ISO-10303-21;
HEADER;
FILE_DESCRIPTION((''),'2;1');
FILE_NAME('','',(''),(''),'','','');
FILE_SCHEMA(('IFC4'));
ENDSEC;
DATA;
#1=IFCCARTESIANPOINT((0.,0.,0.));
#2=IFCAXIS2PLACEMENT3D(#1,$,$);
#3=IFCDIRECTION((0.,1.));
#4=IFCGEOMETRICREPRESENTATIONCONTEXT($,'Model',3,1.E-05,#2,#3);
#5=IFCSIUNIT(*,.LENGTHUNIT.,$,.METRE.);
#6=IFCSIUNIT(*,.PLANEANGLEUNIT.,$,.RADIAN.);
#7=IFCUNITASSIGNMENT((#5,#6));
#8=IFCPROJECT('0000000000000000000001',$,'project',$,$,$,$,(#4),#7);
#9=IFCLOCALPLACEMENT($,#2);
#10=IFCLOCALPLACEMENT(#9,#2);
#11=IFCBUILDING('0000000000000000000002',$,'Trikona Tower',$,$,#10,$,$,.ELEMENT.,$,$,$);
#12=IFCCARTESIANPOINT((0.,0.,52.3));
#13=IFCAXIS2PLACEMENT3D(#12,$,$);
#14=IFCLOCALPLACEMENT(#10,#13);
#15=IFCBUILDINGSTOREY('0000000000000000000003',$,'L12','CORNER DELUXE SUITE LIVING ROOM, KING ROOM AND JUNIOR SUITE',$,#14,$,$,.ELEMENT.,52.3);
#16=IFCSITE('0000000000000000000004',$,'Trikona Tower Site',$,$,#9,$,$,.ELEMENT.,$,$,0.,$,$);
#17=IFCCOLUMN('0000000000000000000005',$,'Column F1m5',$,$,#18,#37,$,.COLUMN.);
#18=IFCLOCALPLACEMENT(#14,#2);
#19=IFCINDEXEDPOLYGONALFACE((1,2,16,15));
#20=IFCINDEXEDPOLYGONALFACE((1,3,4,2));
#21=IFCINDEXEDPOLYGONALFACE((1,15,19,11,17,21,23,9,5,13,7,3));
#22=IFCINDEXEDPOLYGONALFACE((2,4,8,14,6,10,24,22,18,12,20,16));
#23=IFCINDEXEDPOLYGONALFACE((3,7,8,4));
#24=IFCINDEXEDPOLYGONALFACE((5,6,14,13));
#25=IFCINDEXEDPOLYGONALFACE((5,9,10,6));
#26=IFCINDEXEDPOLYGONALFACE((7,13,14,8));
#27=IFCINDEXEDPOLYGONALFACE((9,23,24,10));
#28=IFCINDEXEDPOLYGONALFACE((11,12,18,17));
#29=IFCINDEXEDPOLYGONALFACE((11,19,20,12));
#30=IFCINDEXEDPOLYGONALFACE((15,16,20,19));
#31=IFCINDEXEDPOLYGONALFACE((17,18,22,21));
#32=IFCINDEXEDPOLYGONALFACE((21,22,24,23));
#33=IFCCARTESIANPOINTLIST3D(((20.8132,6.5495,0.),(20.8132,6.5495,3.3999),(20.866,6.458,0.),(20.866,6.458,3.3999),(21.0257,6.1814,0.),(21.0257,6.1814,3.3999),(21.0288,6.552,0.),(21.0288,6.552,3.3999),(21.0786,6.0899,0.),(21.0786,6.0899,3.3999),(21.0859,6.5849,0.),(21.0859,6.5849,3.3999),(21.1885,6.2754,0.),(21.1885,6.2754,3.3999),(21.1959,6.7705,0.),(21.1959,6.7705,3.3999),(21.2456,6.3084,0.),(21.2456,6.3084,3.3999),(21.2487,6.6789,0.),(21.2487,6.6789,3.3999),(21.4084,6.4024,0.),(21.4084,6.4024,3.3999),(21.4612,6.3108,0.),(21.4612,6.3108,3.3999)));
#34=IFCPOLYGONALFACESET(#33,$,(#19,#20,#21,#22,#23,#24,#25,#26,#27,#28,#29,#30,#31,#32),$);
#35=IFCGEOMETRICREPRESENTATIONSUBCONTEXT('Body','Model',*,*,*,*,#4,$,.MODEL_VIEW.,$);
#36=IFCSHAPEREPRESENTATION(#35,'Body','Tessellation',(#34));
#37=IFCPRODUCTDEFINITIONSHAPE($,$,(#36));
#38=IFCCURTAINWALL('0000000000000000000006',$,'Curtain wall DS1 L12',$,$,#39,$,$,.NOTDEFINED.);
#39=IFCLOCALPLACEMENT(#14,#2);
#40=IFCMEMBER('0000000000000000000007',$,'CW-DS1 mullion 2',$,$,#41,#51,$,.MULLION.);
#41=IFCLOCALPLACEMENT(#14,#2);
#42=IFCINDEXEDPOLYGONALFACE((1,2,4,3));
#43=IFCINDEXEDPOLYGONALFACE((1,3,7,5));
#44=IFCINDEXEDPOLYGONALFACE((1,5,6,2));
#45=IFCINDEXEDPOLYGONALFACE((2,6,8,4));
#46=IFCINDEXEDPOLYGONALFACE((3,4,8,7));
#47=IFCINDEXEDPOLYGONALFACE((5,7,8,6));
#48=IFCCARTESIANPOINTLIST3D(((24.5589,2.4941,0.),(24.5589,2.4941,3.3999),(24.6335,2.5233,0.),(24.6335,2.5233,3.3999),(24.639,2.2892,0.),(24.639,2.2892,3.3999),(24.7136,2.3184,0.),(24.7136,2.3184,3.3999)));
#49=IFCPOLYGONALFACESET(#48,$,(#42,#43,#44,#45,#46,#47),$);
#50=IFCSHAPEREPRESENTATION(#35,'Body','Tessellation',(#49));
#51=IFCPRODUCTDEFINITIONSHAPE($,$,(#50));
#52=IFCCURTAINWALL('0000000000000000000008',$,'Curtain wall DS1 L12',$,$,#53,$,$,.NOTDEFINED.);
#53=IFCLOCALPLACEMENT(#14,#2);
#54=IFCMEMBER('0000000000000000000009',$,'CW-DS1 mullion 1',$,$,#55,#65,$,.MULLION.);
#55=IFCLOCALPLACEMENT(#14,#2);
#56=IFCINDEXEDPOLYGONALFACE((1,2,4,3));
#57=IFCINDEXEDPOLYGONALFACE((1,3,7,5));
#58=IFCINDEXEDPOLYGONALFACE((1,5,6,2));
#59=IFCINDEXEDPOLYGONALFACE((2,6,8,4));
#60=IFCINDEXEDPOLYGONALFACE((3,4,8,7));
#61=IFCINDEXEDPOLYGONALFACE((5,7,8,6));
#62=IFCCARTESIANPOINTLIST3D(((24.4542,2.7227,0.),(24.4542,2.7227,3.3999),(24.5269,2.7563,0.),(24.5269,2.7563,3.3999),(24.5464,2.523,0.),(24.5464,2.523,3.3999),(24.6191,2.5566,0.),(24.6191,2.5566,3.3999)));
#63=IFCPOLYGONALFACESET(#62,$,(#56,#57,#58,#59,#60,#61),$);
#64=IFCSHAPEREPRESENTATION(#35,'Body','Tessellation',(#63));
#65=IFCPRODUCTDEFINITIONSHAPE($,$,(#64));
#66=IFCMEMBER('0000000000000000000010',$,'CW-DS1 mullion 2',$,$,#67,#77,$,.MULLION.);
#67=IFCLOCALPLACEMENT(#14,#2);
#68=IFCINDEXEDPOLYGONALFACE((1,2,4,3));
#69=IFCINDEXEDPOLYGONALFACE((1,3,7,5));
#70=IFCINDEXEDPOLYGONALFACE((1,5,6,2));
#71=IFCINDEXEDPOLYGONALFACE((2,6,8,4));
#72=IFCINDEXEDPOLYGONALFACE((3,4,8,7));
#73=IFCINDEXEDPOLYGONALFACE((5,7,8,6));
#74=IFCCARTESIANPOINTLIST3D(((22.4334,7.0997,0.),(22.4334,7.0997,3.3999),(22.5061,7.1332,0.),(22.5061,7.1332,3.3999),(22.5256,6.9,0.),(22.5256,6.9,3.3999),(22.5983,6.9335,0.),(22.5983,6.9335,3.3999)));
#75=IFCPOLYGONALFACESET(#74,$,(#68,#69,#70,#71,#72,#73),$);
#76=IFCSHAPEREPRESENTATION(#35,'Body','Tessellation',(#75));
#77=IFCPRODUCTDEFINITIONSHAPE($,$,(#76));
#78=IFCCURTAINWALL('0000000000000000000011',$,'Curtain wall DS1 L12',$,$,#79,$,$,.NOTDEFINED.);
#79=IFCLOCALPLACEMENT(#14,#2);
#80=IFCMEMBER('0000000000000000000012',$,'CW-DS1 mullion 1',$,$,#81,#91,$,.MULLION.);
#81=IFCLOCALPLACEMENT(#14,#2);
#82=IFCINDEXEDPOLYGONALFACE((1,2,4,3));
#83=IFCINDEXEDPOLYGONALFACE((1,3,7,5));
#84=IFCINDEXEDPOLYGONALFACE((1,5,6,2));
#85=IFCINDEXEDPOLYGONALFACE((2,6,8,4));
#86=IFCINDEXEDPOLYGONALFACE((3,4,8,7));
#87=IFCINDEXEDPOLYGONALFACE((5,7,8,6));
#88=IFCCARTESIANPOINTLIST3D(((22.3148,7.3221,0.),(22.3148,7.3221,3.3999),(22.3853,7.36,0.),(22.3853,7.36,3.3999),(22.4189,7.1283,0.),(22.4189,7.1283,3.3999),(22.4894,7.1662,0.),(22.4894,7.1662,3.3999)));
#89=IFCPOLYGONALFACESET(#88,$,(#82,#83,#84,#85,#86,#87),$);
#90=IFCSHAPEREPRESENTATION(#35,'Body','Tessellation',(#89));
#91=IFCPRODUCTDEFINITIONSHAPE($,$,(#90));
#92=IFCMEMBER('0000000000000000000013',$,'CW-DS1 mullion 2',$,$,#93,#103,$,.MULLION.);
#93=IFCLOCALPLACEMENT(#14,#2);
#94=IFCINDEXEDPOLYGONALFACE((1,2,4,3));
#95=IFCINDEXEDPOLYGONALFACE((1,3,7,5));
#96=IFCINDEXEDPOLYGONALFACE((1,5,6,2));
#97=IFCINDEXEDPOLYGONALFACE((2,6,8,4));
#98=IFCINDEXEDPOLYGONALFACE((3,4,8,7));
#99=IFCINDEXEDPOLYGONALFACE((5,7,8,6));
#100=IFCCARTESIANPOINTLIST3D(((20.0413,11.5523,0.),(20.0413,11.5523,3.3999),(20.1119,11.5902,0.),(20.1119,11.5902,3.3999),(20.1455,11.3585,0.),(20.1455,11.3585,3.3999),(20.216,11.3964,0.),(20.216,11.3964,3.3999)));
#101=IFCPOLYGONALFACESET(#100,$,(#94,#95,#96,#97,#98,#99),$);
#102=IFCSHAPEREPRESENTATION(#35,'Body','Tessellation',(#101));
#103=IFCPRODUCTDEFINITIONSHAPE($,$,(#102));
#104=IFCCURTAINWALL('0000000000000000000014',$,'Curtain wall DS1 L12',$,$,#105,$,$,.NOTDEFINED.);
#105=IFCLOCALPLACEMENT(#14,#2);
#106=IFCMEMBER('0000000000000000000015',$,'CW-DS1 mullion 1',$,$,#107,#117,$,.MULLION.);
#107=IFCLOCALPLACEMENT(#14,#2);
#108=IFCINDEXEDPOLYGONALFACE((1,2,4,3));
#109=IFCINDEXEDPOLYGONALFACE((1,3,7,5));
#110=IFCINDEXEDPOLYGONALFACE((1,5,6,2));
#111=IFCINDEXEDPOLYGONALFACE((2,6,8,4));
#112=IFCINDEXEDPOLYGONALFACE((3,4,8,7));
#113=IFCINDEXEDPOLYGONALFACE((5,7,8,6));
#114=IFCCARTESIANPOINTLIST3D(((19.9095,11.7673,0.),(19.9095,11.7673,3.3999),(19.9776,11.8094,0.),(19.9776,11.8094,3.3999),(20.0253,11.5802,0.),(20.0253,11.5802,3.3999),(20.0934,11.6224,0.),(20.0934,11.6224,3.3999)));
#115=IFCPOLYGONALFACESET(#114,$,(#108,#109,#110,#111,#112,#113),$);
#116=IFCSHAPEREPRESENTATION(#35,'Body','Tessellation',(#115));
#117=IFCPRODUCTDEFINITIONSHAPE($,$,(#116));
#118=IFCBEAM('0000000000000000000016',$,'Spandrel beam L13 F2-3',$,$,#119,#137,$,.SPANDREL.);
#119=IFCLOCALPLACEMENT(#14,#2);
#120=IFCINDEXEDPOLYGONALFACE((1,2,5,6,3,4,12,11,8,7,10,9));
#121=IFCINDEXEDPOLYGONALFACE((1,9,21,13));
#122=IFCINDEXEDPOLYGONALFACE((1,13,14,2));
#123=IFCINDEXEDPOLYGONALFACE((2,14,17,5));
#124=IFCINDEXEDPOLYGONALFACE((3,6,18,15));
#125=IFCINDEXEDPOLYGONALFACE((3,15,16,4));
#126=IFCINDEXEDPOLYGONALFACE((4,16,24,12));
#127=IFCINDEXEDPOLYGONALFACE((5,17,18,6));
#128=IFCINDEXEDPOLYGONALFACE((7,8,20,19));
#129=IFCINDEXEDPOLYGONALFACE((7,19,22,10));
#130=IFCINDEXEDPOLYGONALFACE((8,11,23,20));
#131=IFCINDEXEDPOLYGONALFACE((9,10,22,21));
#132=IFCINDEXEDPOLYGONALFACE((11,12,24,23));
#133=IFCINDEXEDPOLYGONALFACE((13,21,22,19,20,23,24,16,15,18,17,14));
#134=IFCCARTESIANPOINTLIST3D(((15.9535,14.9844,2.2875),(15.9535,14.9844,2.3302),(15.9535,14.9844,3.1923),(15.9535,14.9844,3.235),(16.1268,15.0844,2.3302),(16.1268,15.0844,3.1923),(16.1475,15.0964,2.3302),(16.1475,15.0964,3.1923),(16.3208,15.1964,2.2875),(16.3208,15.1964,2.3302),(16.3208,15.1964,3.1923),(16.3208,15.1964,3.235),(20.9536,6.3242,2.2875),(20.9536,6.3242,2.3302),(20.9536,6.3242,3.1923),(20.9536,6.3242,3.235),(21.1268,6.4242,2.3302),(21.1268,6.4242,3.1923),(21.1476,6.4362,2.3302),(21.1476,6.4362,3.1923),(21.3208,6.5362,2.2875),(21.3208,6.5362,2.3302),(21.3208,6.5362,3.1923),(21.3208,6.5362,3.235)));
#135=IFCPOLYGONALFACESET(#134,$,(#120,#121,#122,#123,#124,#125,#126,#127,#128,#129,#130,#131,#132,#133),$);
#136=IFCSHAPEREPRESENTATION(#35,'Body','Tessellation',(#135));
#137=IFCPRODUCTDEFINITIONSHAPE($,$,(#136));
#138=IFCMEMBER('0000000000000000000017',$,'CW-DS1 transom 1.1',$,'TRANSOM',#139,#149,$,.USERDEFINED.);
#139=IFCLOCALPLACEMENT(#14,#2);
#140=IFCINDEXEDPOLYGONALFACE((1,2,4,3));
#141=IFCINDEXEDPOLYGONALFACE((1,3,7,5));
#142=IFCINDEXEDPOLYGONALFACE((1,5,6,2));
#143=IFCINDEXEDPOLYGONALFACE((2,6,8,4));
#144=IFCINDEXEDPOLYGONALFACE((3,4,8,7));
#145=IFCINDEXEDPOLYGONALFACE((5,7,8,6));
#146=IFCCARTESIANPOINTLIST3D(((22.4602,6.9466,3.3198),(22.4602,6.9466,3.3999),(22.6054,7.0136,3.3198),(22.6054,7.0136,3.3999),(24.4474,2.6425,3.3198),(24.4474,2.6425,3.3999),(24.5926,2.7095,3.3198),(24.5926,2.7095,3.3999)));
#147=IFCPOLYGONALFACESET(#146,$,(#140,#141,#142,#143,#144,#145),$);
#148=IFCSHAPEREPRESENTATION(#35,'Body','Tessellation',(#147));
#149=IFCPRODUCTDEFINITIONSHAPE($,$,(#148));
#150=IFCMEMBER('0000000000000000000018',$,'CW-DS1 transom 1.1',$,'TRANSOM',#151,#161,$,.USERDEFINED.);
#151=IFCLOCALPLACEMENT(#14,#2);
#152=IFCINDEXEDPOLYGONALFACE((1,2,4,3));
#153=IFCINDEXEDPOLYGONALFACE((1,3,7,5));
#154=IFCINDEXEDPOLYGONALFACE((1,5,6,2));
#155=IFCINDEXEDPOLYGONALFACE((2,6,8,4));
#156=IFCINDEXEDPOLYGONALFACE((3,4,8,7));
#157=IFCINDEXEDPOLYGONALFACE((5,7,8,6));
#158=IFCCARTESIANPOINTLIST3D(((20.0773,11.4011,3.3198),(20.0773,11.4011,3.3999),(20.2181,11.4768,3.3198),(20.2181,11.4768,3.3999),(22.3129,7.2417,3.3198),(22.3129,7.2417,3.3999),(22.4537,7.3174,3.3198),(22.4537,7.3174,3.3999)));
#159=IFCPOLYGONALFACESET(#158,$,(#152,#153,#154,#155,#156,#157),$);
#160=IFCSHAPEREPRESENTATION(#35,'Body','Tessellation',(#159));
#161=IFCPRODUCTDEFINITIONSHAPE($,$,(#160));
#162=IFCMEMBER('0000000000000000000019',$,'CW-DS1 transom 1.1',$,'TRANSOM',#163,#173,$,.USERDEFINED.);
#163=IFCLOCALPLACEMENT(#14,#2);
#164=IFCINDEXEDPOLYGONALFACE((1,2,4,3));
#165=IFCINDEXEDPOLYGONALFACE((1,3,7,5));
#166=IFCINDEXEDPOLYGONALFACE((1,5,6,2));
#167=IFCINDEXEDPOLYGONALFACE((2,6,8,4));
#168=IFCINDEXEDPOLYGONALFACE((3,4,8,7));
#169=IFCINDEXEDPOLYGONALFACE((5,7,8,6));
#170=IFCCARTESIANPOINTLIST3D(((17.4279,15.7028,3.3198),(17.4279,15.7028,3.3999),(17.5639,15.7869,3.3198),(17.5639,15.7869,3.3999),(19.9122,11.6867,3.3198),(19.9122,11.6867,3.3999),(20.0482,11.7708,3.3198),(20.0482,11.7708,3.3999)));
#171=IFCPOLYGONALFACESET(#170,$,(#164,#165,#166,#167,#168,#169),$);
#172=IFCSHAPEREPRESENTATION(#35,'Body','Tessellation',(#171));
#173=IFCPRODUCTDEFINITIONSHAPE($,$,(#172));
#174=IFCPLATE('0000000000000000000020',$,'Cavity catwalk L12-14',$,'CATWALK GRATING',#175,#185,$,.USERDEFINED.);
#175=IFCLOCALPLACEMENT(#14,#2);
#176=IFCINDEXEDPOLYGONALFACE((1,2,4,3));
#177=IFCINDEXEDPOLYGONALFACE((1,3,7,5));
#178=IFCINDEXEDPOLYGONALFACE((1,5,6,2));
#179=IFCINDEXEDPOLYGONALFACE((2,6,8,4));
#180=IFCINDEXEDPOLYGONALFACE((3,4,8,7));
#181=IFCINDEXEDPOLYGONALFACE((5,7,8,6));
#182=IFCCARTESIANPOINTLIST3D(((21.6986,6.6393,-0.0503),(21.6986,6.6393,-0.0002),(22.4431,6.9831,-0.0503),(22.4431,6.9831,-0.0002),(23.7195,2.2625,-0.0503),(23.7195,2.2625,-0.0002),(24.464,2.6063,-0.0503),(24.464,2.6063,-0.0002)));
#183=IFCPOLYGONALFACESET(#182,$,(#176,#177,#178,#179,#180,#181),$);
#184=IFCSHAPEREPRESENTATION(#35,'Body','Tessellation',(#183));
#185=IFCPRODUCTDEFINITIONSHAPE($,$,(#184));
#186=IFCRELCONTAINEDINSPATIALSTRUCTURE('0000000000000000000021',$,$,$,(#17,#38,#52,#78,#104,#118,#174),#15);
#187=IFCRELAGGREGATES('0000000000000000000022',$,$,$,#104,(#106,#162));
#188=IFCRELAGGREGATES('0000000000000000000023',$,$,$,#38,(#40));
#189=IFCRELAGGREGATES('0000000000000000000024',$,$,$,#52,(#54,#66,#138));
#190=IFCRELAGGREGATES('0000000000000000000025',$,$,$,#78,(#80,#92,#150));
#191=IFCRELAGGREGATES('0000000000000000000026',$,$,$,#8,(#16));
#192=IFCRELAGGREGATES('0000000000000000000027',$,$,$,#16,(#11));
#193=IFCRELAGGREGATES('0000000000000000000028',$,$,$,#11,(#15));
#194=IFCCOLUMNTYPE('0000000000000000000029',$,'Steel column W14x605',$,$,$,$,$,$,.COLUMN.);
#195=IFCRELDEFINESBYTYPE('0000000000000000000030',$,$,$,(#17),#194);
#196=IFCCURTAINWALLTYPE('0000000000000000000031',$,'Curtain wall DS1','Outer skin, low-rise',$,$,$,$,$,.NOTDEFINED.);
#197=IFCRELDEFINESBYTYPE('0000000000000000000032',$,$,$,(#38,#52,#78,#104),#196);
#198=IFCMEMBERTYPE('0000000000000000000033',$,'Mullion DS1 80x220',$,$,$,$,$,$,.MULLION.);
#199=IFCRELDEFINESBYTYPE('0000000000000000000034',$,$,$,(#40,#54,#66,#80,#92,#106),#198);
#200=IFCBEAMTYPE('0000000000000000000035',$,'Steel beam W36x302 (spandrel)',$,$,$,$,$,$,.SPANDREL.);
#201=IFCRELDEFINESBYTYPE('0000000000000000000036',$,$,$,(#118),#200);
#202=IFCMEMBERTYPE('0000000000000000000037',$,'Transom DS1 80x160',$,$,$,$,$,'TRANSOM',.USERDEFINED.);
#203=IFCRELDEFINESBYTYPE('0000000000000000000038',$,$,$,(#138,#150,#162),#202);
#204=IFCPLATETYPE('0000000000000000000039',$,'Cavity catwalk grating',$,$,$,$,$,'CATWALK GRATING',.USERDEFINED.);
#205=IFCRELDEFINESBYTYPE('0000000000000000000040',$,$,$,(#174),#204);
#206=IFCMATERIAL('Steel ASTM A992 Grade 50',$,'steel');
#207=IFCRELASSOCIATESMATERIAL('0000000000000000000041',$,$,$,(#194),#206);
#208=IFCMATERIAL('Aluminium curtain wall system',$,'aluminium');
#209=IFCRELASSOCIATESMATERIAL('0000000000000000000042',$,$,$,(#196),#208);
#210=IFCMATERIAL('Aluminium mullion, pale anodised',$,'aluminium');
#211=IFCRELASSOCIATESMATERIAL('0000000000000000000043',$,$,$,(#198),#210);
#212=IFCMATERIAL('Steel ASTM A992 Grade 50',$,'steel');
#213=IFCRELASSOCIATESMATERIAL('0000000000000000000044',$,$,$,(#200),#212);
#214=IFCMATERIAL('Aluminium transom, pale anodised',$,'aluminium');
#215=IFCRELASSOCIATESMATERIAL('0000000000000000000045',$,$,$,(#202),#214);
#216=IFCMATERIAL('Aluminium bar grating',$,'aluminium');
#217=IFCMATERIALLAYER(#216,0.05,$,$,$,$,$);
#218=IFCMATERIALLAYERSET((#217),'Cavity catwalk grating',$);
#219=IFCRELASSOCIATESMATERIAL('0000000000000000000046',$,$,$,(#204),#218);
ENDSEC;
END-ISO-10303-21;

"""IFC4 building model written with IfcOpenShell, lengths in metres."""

from ifc_helpers import new_model, si_unit, direction, frame, origin, origin_2d, place, context, subcontext, project, spatial, rectangle, i_section, extrude, material, layer, layer_set, material_profile, profile_set, type_object, element, aggregate, save


model = new_model("IFC4")

# Units and contexts
model_context = context("Model", 3, precision=1e-05, world=origin(), true_north=direction((0.0, 1.0)))
body_context = subcontext(model_context, "Body", "Model", "MODEL_VIEW")
ifc_project = project(units=[si_unit("LENGTHUNIT", "METRE"), si_unit("PLANEANGLEUNIT", "RADIAN")], contexts=[model_context])

# Site, building, storey
site_placement = place(None, origin())
site = spatial("IfcSite", under=ifc_project, at=site_placement, Name="Trikona Tower Site", CompositionType="ELEMENT", RefElevation=0.0)
building_placement = place(site_placement, origin())
building = spatial("IfcBuilding", under=site, at=building_placement, Name="Trikona Tower", CompositionType="ELEMENT")
storey_placement = place(building_placement, frame((0.0, 0.0, 52.3)))
storey = spatial("IfcBuildingStorey", under=building, at=storey_placement, Name="L12", Description="CORNER DELUXE SUITE LIVING ROOM, KING ROOM AND JUNIOR SUITE", CompositionType="ELEMENT", Elevation=52.3)

# Column
ifc_material_1 = material(Name="Steel ASTM A992 Grade 50", Category="steel")
ifc_material_profile_1 = material_profile(ifc_material_1, i_section(OverallWidth=0.4419, OverallDepth=0.5308, WebThickness=0.0659, FlangeThickness=0.1057, at=origin_2d()), Name="W14X605")
ifc_profile_set_1 = profile_set([ifc_material_profile_1], Name="Steel ASTM A992 Grade 50")
column_type = type_object("IfcColumnType", Name="Steel column W14x605", PredefinedType="COLUMN", material=ifc_profile_set_1)
column_placement = place(storey_placement, frame((21.1372, 6.4302, 0.0), z_axis=(0.0, 0.0, 1.0), x_axis=(0.866025, 0.5, 0.0)))
element("IfcColumn", 1, at=column_placement, inside=storey, type_object=column_type, Name="Column F1m5", PredefinedType="COLUMN", context=body_context, shape_type="SweptSolid", body=[
    extrude(i_section(OverallWidth=0.4419, OverallDepth=0.5308, WebThickness=0.0659, FlangeThickness=0.1057, at=origin_2d()), origin(), (0.0, 0.0, 1.0), 3.3999),
])

# Curtain wall, member
ifc_material_2 = material(Name="Aluminium curtain wall system", Category="aluminium")
curtain_wall_type = type_object("IfcCurtainWallType", Name="Curtain wall DS1", Description="Outer skin, low-rise", PredefinedType="NOTDEFINED", material=ifc_material_2)
curtain_wall_1_placement = place(storey_placement, origin())
curtain_wall_1 = element("IfcCurtainWall", 2, at=curtain_wall_1_placement, inside=storey, type_object=curtain_wall_type, Name="Curtain wall DS1 L12", PredefinedType="NOTDEFINED")
ifc_material_3 = material(Name="Aluminium mullion, pale anodised", Category="aluminium")
ifc_material_profile_2 = material_profile(ifc_material_3, rectangle(XDim=0.0801, YDim=0.22, at=origin_2d()), Name="MUL-DS1")
ifc_profile_set_2 = profile_set([ifc_material_profile_2], Name="Aluminium mullion, pale anodised")
member_type_1 = type_object("IfcMemberType", Name="Mullion DS1 80x220", PredefinedType="MULLION", material=ifc_profile_set_2)
member_1_placement = place(storey_placement, frame((24.6362, 2.4062, 0.0), z_axis=(0.0, 0.0, 1.0), x_axis=(-0.931396, -0.364008, 0.0)))
member_1 = element("IfcMember", 3, at=member_1_placement, type_object=member_type_1, Name="CW-DS1 mullion 2", PredefinedType="MULLION", context=body_context, shape_type="SweptSolid", body=[
    extrude(rectangle(XDim=0.0801, YDim=0.22, at=origin_2d()), origin(), (0.0, 0.0, 1.0), 3.3999),
])

# Curtain walls, members
curtain_wall_2_placement = place(storey_placement, origin())
curtain_wall_2 = element("IfcCurtainWall", 4, at=curtain_wall_2_placement, inside=storey, type_object=curtain_wall_type, Name="Curtain wall DS1 L12", PredefinedType="NOTDEFINED")
member_2_placement = place(storey_placement, frame((24.5366, 2.6396, 0.0), z_axis=(0.0, 0.0, 1.0), x_axis=(-0.907898, -0.41919, 0.0)))
member_2 = element("IfcMember", 5, at=member_2_placement, type_object=member_type_1, Name="CW-DS1 mullion 1", PredefinedType="MULLION", context=body_context, shape_type="SweptSolid", body=[
    extrude(rectangle(XDim=0.0801, YDim=0.22, at=origin_2d()), origin(), (0.0, 0.0, 1.0), 3.3999),
])
member_3_placement = place(storey_placement, frame((22.5159, 7.0166, 0.0), z_axis=(0.0, 0.0, 1.0), x_axis=(-0.907898, -0.41919, 0.0)))
member_3 = element("IfcMember", 6, at=member_3_placement, type_object=member_type_1, Name="CW-DS1 mullion 2", PredefinedType="MULLION", context=body_context, shape_type="SweptSolid", body=[
    extrude(rectangle(XDim=0.0801, YDim=0.22, at=origin_2d()), origin(), (0.0, 0.0, 1.0), 3.3999),
])
curtain_wall_3_placement = place(storey_placement, origin())
curtain_wall_3 = element("IfcCurtainWall", 7, at=curtain_wall_3_placement, inside=storey, type_object=curtain_wall_type, Name="Curtain wall DS1 L12", PredefinedType="NOTDEFINED")
member_4_placement = place(storey_placement, frame((22.4021, 7.2441, 0.0), z_axis=(0.0, 0.0, 1.0), x_axis=(-0.880843, -0.473408, 0.0)))
member_4 = element("IfcMember", 8, at=member_4_placement, type_object=member_type_1, Name="CW-DS1 mullion 1", PredefinedType="MULLION", context=body_context, shape_type="SweptSolid", body=[
    extrude(rectangle(XDim=0.0801, YDim=0.22, at=origin_2d()), origin(), (0.0, 0.0, 1.0), 3.3999),
])
member_5_placement = place(storey_placement, frame((20.1287, 11.4744, 0.0), z_axis=(0.0, 0.0, 1.0), x_axis=(-0.880843, -0.473408, 0.0)))
member_5 = element("IfcMember", 9, at=member_5_placement, type_object=member_type_1, Name="CW-DS1 mullion 2", PredefinedType="MULLION", context=body_context, shape_type="SweptSolid", body=[
    extrude(rectangle(XDim=0.0801, YDim=0.22, at=origin_2d()), origin(), (0.0, 0.0, 1.0), 3.3999),
])

# Curtain wall, member
curtain_wall_4_placement = place(storey_placement, origin())
curtain_wall_4 = element("IfcCurtainWall", 10, at=curtain_wall_4_placement, inside=storey, type_object=curtain_wall_type, Name="Curtain wall DS1 L12", PredefinedType="NOTDEFINED")
member_6_placement = place(storey_placement, frame((20.0015, 11.6948, 0.0), z_axis=(0.0, 0.0, 1.0), x_axis=(-0.85041, -0.52612, 0.0)))
member_6 = element("IfcMember", 11, at=member_6_placement, type_object=member_type_1, Name="CW-DS1 mullion 1", PredefinedType="MULLION", context=body_context, shape_type="SweptSolid", body=[
    extrude(rectangle(XDim=0.0801, YDim=0.22, at=origin_2d()), origin(), (0.0, 0.0, 1.0), 3.3999),
])

# Beam
ifc_material_4 = material(Name="Steel ASTM A992 Grade 50", Category="steel")
ifc_material_profile_3 = material_profile(ifc_material_4, i_section(OverallWidth=0.4241, OverallDepth=0.9475, WebThickness=0.0239, FlangeThickness=0.0427, at=origin_2d()), Name="W36X302")
ifc_profile_set_3 = profile_set([ifc_material_profile_3], Name="Steel ASTM A992 Grade 50")
beam_type = type_object("IfcBeamType", Name="Steel beam W36x302 (spandrel)", PredefinedType="SPANDREL", material=ifc_profile_set_3)
beam_placement = place(storey_placement, frame((21.1372, 6.4302, 2.7612), z_axis=(-0.500004, 0.866023, 0.0), x_axis=(-0.866023, -0.500004, 0.0)))
element("IfcBeam", 12, at=beam_placement, inside=storey, type_object=beam_type, Name="Spandrel beam L13 F2-3", PredefinedType="SPANDREL", context=body_context, shape_type="SweptSolid", body=[
    extrude(i_section(OverallWidth=0.4241, OverallDepth=0.9475, WebThickness=0.0239, FlangeThickness=0.0427, at=origin_2d()), origin(), (0.0, 0.0, 1.0), 10.0),
])

# Members
ifc_material_5 = material(Name="Aluminium transom, pale anodised", Category="aluminium")
ifc_material_profile_4 = material_profile(ifc_material_5, rectangle(XDim=0.1599, YDim=0.0801, at=origin_2d()), Name="TRN-DS1")
ifc_profile_set_4 = profile_set([ifc_material_profile_4], Name="Aluminium transom, pale anodised")
member_type_2 = type_object("IfcMemberType", Name="Transom DS1 80x160", ElementType="TRANSOM", PredefinedType="USERDEFINED", material=ifc_profile_set_4)
member_7_placement = place(storey_placement, frame((24.52, 2.676, 3.3599), z_axis=(-0.419189, 0.907899, 0.0), x_axis=(-0.907899, -0.419189, 0.0)))
member_7 = element("IfcMember", 13, at=member_7_placement, type_object=member_type_2, Name="CW-DS1 transom 1.1", ObjectType="TRANSOM", PredefinedType="USERDEFINED", context=body_context, shape_type="SweptSolid", body=[
    extrude(rectangle(XDim=0.1599, YDim=0.0801, at=origin_2d()), origin(), (0.0, 0.0, 1.0), 4.7407),
])
member_8_placement = place(storey_placement, frame((22.3833, 7.2795, 3.3599), z_axis=(-0.473428, 0.880833, 0.0), x_axis=(-0.880833, -0.473428, 0.0)))
member_8 = element("IfcMember", 14, at=member_8_placement, type_object=member_type_2, Name="CW-DS1 transom 1.1", ObjectType="TRANSOM", PredefinedType="USERDEFINED", context=body_context, shape_type="SweptSolid", body=[
    extrude(rectangle(XDim=0.1599, YDim=0.0801, at=origin_2d()), origin(), (0.0, 0.0, 1.0), 4.7222),
])
member_9_placement = place(storey_placement, frame((19.9802, 11.7288, 3.3599), z_axis=(-0.526081, 0.850435, 0.0), x_axis=(-0.850435, -0.526081, 0.0)))
member_9 = element("IfcMember", 15, at=member_9_placement, type_object=member_type_2, Name="CW-DS1 transom 1.1", ObjectType="TRANSOM", PredefinedType="USERDEFINED", context=body_context, shape_type="SweptSolid", body=[
    extrude(rectangle(XDim=0.1599, YDim=0.0801, at=origin_2d()), origin(), (0.0, 0.0, 1.0), 4.7224),
])
aggregate(curtain_wall_4, [member_6, member_9])

# Plate
ifc_material_6 = material(Name="Aluminium bar grating", Category="aluminium")
ifc_layer_1 = layer(ifc_material_6, 0.05)
ifc_layer_set_1 = layer_set([ifc_layer_1], Name="Cavity catwalk grating")
plate_type_1 = type_object("IfcPlateType", Name="Cavity catwalk grating", ElementType="CATWALK GRATING", PredefinedType="USERDEFINED", material=ifc_layer_set_1)
plate_1_placement = place(storey_placement, frame((23.0813, 4.6228, -0.0503), z_axis=(0.0, 0.0, 1.0), x_axis=(-0.419194, 0.907897, 0.0)))
element("IfcPlate", 16, at=plate_1_placement, inside=storey, type_object=plate_type_1, Name="Cavity catwalk L12-14", ObjectType="CATWALK GRATING", PredefinedType="USERDEFINED", context=body_context, shape_type="SweptSolid", body=[
    extrude(rectangle(XDim=4.8208, YDim=0.8201, at=origin_2d()), origin(), (0.0, 0.0, 1.0), 0.05),
])

aggregate(curtain_wall_1, [member_1])
aggregate(curtain_wall_2, [member_2, member_3, member_7])
aggregate(curtain_wall_3, [member_4, member_5, member_8])

save(model, "model.ifc")
